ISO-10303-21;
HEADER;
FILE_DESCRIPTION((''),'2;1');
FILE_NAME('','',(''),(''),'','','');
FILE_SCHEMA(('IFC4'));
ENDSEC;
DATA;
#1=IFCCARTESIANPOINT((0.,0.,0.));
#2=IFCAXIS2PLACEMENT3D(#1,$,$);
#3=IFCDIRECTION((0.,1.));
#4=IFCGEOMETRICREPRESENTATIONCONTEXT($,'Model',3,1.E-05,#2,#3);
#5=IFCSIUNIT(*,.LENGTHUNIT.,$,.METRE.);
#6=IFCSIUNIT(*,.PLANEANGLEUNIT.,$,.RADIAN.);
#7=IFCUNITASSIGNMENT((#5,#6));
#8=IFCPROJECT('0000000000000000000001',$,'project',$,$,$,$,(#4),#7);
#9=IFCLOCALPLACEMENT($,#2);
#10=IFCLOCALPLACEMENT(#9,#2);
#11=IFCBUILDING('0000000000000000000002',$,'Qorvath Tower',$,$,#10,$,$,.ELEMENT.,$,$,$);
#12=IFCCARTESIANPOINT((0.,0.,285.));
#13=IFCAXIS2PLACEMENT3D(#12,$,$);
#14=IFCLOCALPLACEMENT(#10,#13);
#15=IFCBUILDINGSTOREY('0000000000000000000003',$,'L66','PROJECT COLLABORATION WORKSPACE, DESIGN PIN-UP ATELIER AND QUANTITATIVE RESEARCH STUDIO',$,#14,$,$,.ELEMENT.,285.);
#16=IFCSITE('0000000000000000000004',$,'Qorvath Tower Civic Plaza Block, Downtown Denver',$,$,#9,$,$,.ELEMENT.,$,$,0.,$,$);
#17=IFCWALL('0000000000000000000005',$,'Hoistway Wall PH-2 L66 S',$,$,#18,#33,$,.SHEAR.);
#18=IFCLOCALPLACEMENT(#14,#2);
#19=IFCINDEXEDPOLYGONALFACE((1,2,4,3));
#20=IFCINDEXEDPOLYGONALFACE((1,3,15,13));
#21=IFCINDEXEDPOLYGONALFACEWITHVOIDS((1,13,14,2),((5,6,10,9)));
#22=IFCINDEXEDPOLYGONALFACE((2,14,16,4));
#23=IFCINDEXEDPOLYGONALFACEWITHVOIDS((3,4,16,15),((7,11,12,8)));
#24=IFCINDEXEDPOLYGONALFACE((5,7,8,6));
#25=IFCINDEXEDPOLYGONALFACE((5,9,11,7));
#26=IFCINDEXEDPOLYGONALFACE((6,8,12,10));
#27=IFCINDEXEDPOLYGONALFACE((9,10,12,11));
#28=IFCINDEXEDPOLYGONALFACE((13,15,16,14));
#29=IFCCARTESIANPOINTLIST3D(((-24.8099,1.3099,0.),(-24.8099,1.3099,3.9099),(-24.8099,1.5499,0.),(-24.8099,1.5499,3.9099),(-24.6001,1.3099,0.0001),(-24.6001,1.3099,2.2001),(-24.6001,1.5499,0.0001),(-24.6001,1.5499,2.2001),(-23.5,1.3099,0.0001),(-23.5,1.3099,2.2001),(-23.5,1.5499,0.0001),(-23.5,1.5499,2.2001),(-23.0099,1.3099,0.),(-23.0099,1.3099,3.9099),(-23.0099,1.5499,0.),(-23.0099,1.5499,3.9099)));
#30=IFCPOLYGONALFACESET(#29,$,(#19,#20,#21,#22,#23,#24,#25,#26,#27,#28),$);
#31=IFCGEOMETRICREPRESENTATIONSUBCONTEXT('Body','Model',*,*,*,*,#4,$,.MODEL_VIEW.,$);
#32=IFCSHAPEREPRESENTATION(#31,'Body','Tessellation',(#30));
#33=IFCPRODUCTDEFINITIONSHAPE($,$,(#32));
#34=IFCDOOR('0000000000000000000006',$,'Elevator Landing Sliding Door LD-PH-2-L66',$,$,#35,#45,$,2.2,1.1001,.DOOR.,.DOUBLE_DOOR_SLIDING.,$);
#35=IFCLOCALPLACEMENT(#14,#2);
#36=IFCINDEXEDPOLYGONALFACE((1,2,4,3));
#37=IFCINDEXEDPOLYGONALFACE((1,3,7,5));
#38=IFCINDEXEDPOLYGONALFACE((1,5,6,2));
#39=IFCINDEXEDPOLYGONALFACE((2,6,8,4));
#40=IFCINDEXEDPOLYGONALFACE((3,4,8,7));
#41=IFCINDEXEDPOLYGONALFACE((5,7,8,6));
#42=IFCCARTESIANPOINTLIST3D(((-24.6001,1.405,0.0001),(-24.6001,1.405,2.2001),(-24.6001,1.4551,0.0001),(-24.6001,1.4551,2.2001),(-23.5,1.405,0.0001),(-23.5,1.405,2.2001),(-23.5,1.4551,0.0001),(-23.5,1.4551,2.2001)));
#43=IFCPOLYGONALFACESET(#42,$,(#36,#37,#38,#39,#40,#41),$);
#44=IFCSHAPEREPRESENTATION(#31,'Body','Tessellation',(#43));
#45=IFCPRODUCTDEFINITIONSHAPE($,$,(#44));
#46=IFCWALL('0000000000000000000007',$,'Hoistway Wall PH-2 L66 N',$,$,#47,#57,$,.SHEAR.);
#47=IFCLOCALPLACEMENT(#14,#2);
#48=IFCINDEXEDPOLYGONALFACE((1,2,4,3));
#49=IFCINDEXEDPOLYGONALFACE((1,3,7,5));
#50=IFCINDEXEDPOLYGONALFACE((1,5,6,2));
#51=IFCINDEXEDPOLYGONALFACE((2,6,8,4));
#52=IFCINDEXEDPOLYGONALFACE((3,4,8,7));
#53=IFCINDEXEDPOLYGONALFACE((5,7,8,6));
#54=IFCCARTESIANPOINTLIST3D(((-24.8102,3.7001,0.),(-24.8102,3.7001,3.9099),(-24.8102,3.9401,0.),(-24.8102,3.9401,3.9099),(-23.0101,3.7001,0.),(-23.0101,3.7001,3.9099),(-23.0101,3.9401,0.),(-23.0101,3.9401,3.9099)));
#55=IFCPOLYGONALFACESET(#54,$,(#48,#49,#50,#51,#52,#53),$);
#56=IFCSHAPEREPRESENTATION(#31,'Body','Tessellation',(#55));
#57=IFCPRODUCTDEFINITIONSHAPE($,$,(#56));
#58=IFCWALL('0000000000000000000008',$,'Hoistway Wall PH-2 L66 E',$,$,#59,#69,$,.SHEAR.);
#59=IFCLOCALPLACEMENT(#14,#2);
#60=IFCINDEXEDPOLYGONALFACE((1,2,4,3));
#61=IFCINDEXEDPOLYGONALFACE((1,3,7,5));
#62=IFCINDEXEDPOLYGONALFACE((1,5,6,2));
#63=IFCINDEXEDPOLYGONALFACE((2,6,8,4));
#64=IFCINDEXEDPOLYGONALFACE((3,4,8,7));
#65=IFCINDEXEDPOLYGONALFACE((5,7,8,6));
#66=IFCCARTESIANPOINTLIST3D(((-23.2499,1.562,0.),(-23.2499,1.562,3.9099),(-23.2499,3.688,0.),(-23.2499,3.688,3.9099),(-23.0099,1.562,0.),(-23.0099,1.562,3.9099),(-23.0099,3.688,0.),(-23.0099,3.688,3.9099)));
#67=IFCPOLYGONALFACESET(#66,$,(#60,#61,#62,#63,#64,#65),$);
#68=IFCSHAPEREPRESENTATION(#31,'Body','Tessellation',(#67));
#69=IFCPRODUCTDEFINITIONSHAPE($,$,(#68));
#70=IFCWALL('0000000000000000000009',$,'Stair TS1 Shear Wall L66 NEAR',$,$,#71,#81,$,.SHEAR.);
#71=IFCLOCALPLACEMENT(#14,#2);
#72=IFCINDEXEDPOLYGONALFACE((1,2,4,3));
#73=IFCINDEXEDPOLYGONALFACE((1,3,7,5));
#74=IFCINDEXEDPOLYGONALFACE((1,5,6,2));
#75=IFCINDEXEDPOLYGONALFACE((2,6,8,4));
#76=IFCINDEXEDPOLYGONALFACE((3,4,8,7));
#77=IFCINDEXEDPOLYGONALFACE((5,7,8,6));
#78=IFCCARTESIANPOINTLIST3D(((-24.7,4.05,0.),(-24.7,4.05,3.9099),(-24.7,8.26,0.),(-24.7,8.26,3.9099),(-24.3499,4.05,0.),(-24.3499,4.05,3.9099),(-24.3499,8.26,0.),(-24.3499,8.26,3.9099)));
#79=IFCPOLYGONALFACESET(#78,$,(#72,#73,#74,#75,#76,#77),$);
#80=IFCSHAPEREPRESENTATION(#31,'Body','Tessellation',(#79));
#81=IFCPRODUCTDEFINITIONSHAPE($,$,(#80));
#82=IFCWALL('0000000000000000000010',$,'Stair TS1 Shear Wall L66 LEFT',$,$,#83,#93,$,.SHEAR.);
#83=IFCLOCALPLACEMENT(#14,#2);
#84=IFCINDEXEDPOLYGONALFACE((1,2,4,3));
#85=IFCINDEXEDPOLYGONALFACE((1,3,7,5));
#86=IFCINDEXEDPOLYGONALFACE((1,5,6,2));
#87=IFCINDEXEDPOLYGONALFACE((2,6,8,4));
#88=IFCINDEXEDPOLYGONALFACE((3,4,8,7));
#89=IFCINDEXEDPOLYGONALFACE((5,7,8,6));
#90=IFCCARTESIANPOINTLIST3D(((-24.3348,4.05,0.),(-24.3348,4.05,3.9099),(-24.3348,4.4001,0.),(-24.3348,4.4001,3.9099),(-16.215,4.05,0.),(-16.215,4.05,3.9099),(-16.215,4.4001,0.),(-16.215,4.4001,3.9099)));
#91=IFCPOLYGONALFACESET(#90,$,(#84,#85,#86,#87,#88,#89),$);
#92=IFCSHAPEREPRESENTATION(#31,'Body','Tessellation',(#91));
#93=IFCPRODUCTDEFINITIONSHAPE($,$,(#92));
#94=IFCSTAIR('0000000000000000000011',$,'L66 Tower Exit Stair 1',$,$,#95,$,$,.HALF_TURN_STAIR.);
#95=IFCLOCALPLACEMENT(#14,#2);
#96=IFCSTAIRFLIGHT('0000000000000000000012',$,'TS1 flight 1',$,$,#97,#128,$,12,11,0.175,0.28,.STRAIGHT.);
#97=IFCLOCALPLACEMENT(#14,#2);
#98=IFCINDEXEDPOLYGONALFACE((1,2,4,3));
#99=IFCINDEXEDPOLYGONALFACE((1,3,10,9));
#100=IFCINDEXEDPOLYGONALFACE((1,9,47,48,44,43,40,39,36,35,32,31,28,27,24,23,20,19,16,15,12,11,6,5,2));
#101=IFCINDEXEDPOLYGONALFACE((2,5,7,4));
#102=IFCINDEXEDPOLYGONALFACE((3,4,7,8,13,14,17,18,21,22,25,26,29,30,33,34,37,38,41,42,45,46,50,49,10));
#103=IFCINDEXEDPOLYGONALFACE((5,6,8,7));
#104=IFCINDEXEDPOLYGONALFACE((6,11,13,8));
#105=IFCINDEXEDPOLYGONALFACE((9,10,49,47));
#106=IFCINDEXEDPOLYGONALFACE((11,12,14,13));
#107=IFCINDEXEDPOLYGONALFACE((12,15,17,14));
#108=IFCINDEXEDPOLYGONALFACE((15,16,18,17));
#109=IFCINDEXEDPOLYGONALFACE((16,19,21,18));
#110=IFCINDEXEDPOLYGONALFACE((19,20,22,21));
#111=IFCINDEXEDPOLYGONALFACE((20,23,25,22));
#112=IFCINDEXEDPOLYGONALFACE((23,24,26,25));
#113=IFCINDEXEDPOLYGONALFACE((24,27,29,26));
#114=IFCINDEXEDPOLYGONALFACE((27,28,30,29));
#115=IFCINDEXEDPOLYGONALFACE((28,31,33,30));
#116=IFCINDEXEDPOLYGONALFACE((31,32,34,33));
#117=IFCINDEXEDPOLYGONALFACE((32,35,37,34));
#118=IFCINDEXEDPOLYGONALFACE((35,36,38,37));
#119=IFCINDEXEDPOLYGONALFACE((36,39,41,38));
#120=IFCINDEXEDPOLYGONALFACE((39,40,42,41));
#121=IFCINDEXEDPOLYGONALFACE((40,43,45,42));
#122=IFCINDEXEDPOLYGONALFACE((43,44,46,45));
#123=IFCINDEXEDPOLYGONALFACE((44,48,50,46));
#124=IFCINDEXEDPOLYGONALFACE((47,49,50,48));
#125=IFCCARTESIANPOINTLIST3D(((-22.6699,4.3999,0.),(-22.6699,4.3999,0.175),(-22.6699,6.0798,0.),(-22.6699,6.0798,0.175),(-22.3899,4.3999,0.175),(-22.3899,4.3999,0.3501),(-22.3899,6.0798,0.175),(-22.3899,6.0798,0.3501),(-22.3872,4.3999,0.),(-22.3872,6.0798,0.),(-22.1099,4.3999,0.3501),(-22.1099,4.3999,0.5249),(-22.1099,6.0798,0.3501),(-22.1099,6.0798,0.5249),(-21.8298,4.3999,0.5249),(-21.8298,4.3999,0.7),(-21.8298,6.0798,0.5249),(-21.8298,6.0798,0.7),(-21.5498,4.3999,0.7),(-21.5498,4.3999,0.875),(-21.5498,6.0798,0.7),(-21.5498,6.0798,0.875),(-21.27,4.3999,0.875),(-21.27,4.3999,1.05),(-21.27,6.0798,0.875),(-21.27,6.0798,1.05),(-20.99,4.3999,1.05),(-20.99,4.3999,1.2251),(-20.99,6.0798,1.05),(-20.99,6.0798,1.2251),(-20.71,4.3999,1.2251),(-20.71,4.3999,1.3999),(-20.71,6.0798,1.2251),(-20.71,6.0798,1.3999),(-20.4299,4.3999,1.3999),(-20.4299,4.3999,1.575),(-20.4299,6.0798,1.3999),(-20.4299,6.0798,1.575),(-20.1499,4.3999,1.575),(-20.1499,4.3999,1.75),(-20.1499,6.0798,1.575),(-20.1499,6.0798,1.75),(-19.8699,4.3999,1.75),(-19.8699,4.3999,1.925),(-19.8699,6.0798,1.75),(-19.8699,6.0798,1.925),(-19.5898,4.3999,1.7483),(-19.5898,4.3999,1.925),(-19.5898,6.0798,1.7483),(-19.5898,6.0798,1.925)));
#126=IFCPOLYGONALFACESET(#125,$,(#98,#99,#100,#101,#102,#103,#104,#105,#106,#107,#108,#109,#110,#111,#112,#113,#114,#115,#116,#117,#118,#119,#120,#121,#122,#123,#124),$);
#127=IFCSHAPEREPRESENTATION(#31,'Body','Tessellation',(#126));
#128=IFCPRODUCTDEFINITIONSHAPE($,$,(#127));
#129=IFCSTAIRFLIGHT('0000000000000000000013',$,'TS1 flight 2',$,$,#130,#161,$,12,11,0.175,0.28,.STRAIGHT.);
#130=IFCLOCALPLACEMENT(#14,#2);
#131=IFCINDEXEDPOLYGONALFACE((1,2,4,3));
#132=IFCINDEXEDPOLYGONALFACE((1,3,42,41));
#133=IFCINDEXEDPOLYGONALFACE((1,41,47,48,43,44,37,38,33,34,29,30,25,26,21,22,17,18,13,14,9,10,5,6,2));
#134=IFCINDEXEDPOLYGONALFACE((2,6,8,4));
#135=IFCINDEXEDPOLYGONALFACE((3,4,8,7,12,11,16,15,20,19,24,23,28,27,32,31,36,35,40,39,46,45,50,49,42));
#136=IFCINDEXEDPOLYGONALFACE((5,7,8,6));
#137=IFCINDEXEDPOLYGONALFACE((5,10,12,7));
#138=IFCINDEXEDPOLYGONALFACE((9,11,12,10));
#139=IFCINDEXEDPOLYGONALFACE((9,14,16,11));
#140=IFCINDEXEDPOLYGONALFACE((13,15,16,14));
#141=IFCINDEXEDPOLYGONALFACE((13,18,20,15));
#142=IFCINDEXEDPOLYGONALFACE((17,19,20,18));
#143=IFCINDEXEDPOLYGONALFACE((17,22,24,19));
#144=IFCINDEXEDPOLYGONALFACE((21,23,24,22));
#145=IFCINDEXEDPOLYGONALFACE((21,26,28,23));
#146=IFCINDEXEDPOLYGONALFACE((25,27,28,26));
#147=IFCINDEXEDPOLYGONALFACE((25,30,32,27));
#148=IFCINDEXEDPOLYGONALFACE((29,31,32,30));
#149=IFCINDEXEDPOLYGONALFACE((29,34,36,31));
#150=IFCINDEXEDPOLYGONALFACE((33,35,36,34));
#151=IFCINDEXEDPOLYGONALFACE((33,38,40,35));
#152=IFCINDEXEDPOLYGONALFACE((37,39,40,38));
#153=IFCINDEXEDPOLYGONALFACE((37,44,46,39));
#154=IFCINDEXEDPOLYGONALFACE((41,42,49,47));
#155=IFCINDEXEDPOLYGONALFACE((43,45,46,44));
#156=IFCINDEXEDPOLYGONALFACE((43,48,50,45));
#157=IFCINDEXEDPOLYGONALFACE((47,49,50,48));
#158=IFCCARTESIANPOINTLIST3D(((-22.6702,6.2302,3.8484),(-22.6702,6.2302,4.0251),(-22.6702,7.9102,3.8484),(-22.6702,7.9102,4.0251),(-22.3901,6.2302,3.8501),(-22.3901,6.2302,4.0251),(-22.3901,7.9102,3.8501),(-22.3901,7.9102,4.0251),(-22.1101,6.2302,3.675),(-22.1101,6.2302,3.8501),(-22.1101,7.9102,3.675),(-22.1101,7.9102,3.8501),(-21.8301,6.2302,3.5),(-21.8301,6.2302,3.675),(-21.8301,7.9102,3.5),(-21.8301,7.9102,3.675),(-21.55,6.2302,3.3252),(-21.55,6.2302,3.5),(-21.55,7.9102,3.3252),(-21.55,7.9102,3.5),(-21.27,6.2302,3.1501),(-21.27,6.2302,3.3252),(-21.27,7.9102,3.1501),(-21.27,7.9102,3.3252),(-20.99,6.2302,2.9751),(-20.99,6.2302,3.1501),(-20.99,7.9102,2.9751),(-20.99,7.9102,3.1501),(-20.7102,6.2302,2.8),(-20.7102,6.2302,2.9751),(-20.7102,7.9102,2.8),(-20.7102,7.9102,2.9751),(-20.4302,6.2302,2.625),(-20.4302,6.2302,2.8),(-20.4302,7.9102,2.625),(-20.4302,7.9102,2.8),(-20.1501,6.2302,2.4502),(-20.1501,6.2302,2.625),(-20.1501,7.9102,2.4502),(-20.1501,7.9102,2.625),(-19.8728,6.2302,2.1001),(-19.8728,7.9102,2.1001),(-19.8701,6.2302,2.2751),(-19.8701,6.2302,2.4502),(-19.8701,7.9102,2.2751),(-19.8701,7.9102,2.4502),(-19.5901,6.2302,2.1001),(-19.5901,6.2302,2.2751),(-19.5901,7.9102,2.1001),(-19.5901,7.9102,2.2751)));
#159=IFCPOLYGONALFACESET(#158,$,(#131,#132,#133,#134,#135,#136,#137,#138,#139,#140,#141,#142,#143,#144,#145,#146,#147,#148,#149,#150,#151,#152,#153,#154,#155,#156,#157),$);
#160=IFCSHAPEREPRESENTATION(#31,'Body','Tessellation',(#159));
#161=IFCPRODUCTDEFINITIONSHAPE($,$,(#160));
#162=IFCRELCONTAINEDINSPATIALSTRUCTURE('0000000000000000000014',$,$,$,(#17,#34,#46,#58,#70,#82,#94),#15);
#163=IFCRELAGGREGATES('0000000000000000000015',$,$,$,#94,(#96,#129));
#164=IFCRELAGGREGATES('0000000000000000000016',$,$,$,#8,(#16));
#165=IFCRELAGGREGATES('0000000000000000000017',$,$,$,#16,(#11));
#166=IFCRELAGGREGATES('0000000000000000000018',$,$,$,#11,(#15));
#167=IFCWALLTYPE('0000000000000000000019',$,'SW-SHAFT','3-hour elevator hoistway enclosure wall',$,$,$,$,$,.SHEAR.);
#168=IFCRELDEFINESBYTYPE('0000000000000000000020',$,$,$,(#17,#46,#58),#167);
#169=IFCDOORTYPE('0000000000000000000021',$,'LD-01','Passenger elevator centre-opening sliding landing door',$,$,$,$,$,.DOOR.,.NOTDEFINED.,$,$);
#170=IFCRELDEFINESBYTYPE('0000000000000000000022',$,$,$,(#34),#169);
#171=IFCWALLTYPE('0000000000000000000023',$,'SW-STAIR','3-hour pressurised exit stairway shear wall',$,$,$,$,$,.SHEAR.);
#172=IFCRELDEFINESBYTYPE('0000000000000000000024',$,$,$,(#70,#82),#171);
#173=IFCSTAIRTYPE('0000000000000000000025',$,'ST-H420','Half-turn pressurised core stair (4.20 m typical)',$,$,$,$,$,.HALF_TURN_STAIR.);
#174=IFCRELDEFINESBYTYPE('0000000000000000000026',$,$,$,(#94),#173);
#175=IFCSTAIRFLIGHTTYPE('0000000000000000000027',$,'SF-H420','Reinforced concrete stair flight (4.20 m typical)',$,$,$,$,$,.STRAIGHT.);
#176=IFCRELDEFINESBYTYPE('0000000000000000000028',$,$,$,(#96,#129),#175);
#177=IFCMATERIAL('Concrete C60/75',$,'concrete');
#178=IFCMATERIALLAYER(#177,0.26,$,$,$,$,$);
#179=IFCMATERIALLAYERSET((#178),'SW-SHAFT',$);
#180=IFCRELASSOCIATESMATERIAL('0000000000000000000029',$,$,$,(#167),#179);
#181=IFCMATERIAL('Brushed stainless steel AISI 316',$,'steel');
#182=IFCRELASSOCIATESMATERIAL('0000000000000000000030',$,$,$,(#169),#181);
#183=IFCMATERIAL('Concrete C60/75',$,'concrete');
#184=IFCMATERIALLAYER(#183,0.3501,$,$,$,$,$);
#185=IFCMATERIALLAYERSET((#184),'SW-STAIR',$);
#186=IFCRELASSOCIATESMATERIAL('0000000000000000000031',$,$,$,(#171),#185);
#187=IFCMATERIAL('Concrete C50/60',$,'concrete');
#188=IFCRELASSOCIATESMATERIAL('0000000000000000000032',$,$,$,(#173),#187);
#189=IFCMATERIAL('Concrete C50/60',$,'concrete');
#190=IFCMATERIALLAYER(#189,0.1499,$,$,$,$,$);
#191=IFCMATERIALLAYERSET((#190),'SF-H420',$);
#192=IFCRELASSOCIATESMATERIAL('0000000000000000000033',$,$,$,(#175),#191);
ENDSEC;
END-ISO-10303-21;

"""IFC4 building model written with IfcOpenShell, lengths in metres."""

from ifc_helpers import new_model, si_unit, direction, frame, frame_2d, origin, place, context, subcontext, project, spatial, polyline, rectangle, outline, extrude, material, layer, layer_set, type_object, element, fill, aggregate, save


model = new_model("IFC4")

# Units and contexts
model_context = context("Model", 3, precision=1e-05, world=origin(), true_north=direction((0.0, 1.0)))
body_context = subcontext(model_context, "Body", "Model", "MODEL_VIEW")
ifc_project = project(units=[si_unit("LENGTHUNIT", "METRE"), si_unit("PLANEANGLEUNIT", "RADIAN")], contexts=[model_context])

# Site, building, storey
site_placement = place(None, origin())
site = spatial("IfcSite", under=ifc_project, at=site_placement, Name="Qorvath Tower Civic Plaza Block, Downtown Denver", CompositionType="ELEMENT", RefElevation=0.0)
building_placement = place(site_placement, origin())
building = spatial("IfcBuilding", under=site, at=building_placement, Name="Qorvath Tower", CompositionType="ELEMENT")
storey_placement = place(building_placement, frame((0.0, 0.0, 285.0)))
storey = spatial("IfcBuildingStorey", under=building, at=storey_placement, Name="L66", Description="PROJECT COLLABORATION WORKSPACE, DESIGN PIN-UP ATELIER AND QUANTITATIVE RESEARCH STUDIO", CompositionType="ELEMENT", Elevation=285.0)

# Shared definitions
ifc_material_1 = material(Name="Concrete C60/75", Category="concrete")
ifc_layer_1 = layer(ifc_material_1, 0.26)
ifc_layer_set_1 = layer_set([ifc_layer_1], Name="SW-SHAFT")
wall_type_1 = type_object("IfcWallType", Name="SW-SHAFT", Description="3-hour elevator hoistway enclosure wall", PredefinedType="SHEAR", material=ifc_layer_set_1)

# Shared definitions
ifc_material_2 = material(Name="Brushed stainless steel AISI 316", Category="steel")
door_type_1 = type_object("IfcDoorType", Name="LD-01", Description="Passenger elevator centre-opening sliding landing door", OperationType="NOTDEFINED", PredefinedType="DOOR", material=ifc_material_2)

# Wall, opening, door
wall_1_placement = place(storey_placement, frame((-23.01, 1.4299, 0.0), z_axis=(0.0, 0.0, 1.0), x_axis=(-1.0, 0.0, 0.0)))
wall_1 = element("IfcWall", 1, at=wall_1_placement, inside=storey, type_object=wall_type_1, Name="Hoistway Wall PH-2 L66 S", PredefinedType="SHEAR", context=body_context, shape_type="SweptSolid", body=[
    extrude(rectangle(XDim=1.8, YDim=0.24, at=frame_2d((0.8999, 0.0))), origin(), (0.0, 0.0, 1.0), 3.9099),
])
opening_1_placement = place(wall_1_placement, frame((0.49, 0.0, 0.0)))
opening_1 = element("IfcOpeningElement", 2, at=opening_1_placement, cuts=wall_1, PredefinedType="OPENING", context=body_context, shape_type="SweptSolid", body=[
    extrude(rectangle(XDim=1.1001, YDim=2.2, at=frame_2d((0.55, 1.1001))), frame((0.0, 0.1299, 0.0), z_axis=(0.0, -1.0, 0.0), x_axis=(1.0, 0.0, 0.0)), (0.0, 0.0, 1.0), 0.26),
])
door_1_placement = place(opening_1_placement, origin())
door_1 = element("IfcDoor", 3, at=door_1_placement, inside=storey, type_object=door_type_1, Name="Elevator Landing Sliding Door LD-PH-2-L66", OperationType="DOUBLE_DOOR_SLIDING", OverallHeight=2.2, OverallWidth=1.1001, PredefinedType="DOOR", context=body_context, shape_type="SweptSolid", body=[
    extrude(rectangle(XDim=1.1001, YDim=2.2, at=frame_2d((0.55, 1.1001))), frame((0.0, 0.0249, 0.0), z_axis=(0.0, -1.0, 0.0), x_axis=(1.0, 0.0, 0.0)), (0.0, 0.0, 1.0), 0.05),
])
fill(opening_1, door_1)

# Walls
wall_2_placement = place(storey_placement, frame((-24.8101, 3.8201, 0.0), z_axis=(0.0, 0.0, 1.0), x_axis=(1.0, 0.0, 0.0)))
element("IfcWall", 4, at=wall_2_placement, inside=storey, type_object=wall_type_1, Name="Hoistway Wall PH-2 L66 N", PredefinedType="SHEAR", context=body_context, shape_type="SweptSolid", body=[
    extrude(rectangle(XDim=1.8, YDim=0.24, at=frame_2d((0.8999, 0.0))), origin(), (0.0, 0.0, 1.0), 3.9099),
])
wall_3_placement = place(storey_placement, frame((-23.1299, 3.688, 0.0), z_axis=(0.0, 0.0, 1.0), x_axis=(0.0, -1.0, 0.0)))
element("IfcWall", 5, at=wall_3_placement, inside=storey, type_object=wall_type_1, Name="Hoistway Wall PH-2 L66 E", PredefinedType="SHEAR", context=body_context, shape_type="SweptSolid", body=[
    extrude(rectangle(XDim=2.126, YDim=0.24, at=frame_2d((1.063, 0.0))), origin(), (0.0, 0.0, 1.0), 3.9099),
])
ifc_material_3 = material(Name="Concrete C60/75", Category="concrete")
ifc_layer_2 = layer(ifc_material_3, 0.3501)
ifc_layer_set_2 = layer_set([ifc_layer_2], Name="SW-STAIR")
wall_type_2 = type_object("IfcWallType", Name="SW-STAIR", Description="3-hour pressurised exit stairway shear wall", PredefinedType="SHEAR", material=ifc_layer_set_2)
wall_4_placement = place(storey_placement, frame((-24.5249, 8.26, 0.0), z_axis=(0.0, 0.0, 1.0), x_axis=(0.0, -1.0, 0.0)))
element("IfcWall", 6, at=wall_4_placement, inside=storey, type_object=wall_type_2, Name="Stair TS1 Shear Wall L66 NEAR", PredefinedType="SHEAR", context=body_context, shape_type="SweptSolid", body=[
    extrude(rectangle(XDim=4.21, YDim=0.3501, at=frame_2d((2.105, 0.0))), origin(), (0.0, 0.0, 1.0), 3.9099),
])
wall_5_placement = place(storey_placement, frame((-24.335, 4.2251, 0.0), z_axis=(0.0, 0.0, 1.0), x_axis=(1.0, 0.0, 0.0)))
element("IfcWall", 7, at=wall_5_placement, inside=storey, type_object=wall_type_2, Name="Stair TS1 Shear Wall L66 LEFT", PredefinedType="SHEAR", context=body_context, shape_type="SweptSolid", body=[
    extrude(rectangle(XDim=8.1199, YDim=0.3501, at=frame_2d((4.0601, 0.0))), origin(), (0.0, 0.0, 1.0), 3.9099),
])

# Stair, stair flights
ifc_material_4 = material(Name="Concrete C50/60", Category="concrete")
stair_type = type_object("IfcStairType", Name="ST-H420", Description="Half-turn pressurised core stair (4.20 m typical)", PredefinedType="HALF_TURN_STAIR", material=ifc_material_4)
stair_placement = place(storey_placement, origin())
stair = element("IfcStair", 8, at=stair_placement, inside=storey, type_object=stair_type, Name="L66 Tower Exit Stair 1", PredefinedType="HALF_TURN_STAIR")
ifc_material_5 = material(Name="Concrete C50/60", Category="concrete")
ifc_layer_3 = layer(ifc_material_5, 0.1499)
ifc_layer_set_3 = layer_set([ifc_layer_3], Name="SF-H420")
stair_flight_type = type_object("IfcStairFlightType", Name="SF-H420", Description="Reinforced concrete stair flight (4.20 m typical)", PredefinedType="STRAIGHT", material=ifc_layer_set_3)
stair_flight_1_placement = place(storey_placement, frame((-22.6699, 5.24, 0.0), z_axis=(0.0, 0.0, 1.0), x_axis=(1.0, 0.0, 0.0)))
stair_flight_1 = element("IfcStairFlight", 9, at=stair_flight_1_placement, type_object=stair_flight_type, Name="TS1 flight 1", NumberOfRisers=12, NumberOfTreads=11, PredefinedType="STRAIGHT", RiserHeight=0.175, TreadLength=0.28, context=body_context, shape_type="SweptSolid", body=[
    extrude(outline(polyline([(0.0, 0.0), (0.0, 0.175), (0.28, 0.175), (0.28, 0.3501), (0.5601, 0.3501), (0.5601, 0.5249), (0.8401, 0.5249), (0.8401, 0.7), (1.1201, 0.7), (1.1201, 0.875), (1.3999, 0.875), (1.3999, 1.05), (1.6799, 1.05), (1.6799, 1.2251), (1.96, 1.2251), (1.96, 1.3999), (2.24, 1.3999), (2.24, 1.575), (2.52, 1.575), (2.52, 1.75), (2.8, 1.75), (2.8, 1.925), (3.0801, 1.925), (3.0801, 2.1001), (3.0801, 1.7483), (0.2827, 0.0), (0.0, 0.0)])), frame((0.0, 0.8398, 0.0), z_axis=(0.0, -1.0, 0.0), x_axis=(1.0, 0.0, 0.0)), (0.0, 0.0, 1.0), 1.6799),
])
stair_flight_2_placement = place(storey_placement, frame((-19.5901, 7.0701, 2.1001), z_axis=(0.0, 0.0, 1.0), x_axis=(-1.0, 0.0, 0.0)))
stair_flight_2 = element("IfcStairFlight", 10, at=stair_flight_2_placement, type_object=stair_flight_type, Name="TS1 flight 2", NumberOfRisers=12, NumberOfTreads=11, PredefinedType="STRAIGHT", RiserHeight=0.175, TreadLength=0.28, context=body_context, shape_type="SweptSolid", body=[
    extrude(outline(polyline([(0.0, 0.0), (0.0, 0.175), (0.28, 0.175), (0.28, 0.3501), (0.5601, 0.3501), (0.5601, 0.5249), (0.8401, 0.5249), (0.8401, 0.7), (1.1201, 0.7), (1.1201, 0.875), (1.3999, 0.875), (1.3999, 1.05), (1.6799, 1.05), (1.6799, 1.2251), (1.96, 1.2251), (1.96, 1.3999), (2.24, 1.3999), (2.24, 1.575), (2.52, 1.575), (2.52, 1.75), (2.8, 1.75), (2.8, 1.925), (3.0801, 1.925), (3.0801, 2.1001), (3.0801, 1.7483), (0.2827, 0.0), (0.0, 0.0)])), frame((0.0, 0.8398, 0.0), z_axis=(0.0, -1.0, 0.0), x_axis=(1.0, 0.0, 0.0)), (0.0, 0.0, 1.0), 1.6799),
])
aggregate(stair, [stair_flight_1, stair_flight_2])

save(model, "model.ifc")
